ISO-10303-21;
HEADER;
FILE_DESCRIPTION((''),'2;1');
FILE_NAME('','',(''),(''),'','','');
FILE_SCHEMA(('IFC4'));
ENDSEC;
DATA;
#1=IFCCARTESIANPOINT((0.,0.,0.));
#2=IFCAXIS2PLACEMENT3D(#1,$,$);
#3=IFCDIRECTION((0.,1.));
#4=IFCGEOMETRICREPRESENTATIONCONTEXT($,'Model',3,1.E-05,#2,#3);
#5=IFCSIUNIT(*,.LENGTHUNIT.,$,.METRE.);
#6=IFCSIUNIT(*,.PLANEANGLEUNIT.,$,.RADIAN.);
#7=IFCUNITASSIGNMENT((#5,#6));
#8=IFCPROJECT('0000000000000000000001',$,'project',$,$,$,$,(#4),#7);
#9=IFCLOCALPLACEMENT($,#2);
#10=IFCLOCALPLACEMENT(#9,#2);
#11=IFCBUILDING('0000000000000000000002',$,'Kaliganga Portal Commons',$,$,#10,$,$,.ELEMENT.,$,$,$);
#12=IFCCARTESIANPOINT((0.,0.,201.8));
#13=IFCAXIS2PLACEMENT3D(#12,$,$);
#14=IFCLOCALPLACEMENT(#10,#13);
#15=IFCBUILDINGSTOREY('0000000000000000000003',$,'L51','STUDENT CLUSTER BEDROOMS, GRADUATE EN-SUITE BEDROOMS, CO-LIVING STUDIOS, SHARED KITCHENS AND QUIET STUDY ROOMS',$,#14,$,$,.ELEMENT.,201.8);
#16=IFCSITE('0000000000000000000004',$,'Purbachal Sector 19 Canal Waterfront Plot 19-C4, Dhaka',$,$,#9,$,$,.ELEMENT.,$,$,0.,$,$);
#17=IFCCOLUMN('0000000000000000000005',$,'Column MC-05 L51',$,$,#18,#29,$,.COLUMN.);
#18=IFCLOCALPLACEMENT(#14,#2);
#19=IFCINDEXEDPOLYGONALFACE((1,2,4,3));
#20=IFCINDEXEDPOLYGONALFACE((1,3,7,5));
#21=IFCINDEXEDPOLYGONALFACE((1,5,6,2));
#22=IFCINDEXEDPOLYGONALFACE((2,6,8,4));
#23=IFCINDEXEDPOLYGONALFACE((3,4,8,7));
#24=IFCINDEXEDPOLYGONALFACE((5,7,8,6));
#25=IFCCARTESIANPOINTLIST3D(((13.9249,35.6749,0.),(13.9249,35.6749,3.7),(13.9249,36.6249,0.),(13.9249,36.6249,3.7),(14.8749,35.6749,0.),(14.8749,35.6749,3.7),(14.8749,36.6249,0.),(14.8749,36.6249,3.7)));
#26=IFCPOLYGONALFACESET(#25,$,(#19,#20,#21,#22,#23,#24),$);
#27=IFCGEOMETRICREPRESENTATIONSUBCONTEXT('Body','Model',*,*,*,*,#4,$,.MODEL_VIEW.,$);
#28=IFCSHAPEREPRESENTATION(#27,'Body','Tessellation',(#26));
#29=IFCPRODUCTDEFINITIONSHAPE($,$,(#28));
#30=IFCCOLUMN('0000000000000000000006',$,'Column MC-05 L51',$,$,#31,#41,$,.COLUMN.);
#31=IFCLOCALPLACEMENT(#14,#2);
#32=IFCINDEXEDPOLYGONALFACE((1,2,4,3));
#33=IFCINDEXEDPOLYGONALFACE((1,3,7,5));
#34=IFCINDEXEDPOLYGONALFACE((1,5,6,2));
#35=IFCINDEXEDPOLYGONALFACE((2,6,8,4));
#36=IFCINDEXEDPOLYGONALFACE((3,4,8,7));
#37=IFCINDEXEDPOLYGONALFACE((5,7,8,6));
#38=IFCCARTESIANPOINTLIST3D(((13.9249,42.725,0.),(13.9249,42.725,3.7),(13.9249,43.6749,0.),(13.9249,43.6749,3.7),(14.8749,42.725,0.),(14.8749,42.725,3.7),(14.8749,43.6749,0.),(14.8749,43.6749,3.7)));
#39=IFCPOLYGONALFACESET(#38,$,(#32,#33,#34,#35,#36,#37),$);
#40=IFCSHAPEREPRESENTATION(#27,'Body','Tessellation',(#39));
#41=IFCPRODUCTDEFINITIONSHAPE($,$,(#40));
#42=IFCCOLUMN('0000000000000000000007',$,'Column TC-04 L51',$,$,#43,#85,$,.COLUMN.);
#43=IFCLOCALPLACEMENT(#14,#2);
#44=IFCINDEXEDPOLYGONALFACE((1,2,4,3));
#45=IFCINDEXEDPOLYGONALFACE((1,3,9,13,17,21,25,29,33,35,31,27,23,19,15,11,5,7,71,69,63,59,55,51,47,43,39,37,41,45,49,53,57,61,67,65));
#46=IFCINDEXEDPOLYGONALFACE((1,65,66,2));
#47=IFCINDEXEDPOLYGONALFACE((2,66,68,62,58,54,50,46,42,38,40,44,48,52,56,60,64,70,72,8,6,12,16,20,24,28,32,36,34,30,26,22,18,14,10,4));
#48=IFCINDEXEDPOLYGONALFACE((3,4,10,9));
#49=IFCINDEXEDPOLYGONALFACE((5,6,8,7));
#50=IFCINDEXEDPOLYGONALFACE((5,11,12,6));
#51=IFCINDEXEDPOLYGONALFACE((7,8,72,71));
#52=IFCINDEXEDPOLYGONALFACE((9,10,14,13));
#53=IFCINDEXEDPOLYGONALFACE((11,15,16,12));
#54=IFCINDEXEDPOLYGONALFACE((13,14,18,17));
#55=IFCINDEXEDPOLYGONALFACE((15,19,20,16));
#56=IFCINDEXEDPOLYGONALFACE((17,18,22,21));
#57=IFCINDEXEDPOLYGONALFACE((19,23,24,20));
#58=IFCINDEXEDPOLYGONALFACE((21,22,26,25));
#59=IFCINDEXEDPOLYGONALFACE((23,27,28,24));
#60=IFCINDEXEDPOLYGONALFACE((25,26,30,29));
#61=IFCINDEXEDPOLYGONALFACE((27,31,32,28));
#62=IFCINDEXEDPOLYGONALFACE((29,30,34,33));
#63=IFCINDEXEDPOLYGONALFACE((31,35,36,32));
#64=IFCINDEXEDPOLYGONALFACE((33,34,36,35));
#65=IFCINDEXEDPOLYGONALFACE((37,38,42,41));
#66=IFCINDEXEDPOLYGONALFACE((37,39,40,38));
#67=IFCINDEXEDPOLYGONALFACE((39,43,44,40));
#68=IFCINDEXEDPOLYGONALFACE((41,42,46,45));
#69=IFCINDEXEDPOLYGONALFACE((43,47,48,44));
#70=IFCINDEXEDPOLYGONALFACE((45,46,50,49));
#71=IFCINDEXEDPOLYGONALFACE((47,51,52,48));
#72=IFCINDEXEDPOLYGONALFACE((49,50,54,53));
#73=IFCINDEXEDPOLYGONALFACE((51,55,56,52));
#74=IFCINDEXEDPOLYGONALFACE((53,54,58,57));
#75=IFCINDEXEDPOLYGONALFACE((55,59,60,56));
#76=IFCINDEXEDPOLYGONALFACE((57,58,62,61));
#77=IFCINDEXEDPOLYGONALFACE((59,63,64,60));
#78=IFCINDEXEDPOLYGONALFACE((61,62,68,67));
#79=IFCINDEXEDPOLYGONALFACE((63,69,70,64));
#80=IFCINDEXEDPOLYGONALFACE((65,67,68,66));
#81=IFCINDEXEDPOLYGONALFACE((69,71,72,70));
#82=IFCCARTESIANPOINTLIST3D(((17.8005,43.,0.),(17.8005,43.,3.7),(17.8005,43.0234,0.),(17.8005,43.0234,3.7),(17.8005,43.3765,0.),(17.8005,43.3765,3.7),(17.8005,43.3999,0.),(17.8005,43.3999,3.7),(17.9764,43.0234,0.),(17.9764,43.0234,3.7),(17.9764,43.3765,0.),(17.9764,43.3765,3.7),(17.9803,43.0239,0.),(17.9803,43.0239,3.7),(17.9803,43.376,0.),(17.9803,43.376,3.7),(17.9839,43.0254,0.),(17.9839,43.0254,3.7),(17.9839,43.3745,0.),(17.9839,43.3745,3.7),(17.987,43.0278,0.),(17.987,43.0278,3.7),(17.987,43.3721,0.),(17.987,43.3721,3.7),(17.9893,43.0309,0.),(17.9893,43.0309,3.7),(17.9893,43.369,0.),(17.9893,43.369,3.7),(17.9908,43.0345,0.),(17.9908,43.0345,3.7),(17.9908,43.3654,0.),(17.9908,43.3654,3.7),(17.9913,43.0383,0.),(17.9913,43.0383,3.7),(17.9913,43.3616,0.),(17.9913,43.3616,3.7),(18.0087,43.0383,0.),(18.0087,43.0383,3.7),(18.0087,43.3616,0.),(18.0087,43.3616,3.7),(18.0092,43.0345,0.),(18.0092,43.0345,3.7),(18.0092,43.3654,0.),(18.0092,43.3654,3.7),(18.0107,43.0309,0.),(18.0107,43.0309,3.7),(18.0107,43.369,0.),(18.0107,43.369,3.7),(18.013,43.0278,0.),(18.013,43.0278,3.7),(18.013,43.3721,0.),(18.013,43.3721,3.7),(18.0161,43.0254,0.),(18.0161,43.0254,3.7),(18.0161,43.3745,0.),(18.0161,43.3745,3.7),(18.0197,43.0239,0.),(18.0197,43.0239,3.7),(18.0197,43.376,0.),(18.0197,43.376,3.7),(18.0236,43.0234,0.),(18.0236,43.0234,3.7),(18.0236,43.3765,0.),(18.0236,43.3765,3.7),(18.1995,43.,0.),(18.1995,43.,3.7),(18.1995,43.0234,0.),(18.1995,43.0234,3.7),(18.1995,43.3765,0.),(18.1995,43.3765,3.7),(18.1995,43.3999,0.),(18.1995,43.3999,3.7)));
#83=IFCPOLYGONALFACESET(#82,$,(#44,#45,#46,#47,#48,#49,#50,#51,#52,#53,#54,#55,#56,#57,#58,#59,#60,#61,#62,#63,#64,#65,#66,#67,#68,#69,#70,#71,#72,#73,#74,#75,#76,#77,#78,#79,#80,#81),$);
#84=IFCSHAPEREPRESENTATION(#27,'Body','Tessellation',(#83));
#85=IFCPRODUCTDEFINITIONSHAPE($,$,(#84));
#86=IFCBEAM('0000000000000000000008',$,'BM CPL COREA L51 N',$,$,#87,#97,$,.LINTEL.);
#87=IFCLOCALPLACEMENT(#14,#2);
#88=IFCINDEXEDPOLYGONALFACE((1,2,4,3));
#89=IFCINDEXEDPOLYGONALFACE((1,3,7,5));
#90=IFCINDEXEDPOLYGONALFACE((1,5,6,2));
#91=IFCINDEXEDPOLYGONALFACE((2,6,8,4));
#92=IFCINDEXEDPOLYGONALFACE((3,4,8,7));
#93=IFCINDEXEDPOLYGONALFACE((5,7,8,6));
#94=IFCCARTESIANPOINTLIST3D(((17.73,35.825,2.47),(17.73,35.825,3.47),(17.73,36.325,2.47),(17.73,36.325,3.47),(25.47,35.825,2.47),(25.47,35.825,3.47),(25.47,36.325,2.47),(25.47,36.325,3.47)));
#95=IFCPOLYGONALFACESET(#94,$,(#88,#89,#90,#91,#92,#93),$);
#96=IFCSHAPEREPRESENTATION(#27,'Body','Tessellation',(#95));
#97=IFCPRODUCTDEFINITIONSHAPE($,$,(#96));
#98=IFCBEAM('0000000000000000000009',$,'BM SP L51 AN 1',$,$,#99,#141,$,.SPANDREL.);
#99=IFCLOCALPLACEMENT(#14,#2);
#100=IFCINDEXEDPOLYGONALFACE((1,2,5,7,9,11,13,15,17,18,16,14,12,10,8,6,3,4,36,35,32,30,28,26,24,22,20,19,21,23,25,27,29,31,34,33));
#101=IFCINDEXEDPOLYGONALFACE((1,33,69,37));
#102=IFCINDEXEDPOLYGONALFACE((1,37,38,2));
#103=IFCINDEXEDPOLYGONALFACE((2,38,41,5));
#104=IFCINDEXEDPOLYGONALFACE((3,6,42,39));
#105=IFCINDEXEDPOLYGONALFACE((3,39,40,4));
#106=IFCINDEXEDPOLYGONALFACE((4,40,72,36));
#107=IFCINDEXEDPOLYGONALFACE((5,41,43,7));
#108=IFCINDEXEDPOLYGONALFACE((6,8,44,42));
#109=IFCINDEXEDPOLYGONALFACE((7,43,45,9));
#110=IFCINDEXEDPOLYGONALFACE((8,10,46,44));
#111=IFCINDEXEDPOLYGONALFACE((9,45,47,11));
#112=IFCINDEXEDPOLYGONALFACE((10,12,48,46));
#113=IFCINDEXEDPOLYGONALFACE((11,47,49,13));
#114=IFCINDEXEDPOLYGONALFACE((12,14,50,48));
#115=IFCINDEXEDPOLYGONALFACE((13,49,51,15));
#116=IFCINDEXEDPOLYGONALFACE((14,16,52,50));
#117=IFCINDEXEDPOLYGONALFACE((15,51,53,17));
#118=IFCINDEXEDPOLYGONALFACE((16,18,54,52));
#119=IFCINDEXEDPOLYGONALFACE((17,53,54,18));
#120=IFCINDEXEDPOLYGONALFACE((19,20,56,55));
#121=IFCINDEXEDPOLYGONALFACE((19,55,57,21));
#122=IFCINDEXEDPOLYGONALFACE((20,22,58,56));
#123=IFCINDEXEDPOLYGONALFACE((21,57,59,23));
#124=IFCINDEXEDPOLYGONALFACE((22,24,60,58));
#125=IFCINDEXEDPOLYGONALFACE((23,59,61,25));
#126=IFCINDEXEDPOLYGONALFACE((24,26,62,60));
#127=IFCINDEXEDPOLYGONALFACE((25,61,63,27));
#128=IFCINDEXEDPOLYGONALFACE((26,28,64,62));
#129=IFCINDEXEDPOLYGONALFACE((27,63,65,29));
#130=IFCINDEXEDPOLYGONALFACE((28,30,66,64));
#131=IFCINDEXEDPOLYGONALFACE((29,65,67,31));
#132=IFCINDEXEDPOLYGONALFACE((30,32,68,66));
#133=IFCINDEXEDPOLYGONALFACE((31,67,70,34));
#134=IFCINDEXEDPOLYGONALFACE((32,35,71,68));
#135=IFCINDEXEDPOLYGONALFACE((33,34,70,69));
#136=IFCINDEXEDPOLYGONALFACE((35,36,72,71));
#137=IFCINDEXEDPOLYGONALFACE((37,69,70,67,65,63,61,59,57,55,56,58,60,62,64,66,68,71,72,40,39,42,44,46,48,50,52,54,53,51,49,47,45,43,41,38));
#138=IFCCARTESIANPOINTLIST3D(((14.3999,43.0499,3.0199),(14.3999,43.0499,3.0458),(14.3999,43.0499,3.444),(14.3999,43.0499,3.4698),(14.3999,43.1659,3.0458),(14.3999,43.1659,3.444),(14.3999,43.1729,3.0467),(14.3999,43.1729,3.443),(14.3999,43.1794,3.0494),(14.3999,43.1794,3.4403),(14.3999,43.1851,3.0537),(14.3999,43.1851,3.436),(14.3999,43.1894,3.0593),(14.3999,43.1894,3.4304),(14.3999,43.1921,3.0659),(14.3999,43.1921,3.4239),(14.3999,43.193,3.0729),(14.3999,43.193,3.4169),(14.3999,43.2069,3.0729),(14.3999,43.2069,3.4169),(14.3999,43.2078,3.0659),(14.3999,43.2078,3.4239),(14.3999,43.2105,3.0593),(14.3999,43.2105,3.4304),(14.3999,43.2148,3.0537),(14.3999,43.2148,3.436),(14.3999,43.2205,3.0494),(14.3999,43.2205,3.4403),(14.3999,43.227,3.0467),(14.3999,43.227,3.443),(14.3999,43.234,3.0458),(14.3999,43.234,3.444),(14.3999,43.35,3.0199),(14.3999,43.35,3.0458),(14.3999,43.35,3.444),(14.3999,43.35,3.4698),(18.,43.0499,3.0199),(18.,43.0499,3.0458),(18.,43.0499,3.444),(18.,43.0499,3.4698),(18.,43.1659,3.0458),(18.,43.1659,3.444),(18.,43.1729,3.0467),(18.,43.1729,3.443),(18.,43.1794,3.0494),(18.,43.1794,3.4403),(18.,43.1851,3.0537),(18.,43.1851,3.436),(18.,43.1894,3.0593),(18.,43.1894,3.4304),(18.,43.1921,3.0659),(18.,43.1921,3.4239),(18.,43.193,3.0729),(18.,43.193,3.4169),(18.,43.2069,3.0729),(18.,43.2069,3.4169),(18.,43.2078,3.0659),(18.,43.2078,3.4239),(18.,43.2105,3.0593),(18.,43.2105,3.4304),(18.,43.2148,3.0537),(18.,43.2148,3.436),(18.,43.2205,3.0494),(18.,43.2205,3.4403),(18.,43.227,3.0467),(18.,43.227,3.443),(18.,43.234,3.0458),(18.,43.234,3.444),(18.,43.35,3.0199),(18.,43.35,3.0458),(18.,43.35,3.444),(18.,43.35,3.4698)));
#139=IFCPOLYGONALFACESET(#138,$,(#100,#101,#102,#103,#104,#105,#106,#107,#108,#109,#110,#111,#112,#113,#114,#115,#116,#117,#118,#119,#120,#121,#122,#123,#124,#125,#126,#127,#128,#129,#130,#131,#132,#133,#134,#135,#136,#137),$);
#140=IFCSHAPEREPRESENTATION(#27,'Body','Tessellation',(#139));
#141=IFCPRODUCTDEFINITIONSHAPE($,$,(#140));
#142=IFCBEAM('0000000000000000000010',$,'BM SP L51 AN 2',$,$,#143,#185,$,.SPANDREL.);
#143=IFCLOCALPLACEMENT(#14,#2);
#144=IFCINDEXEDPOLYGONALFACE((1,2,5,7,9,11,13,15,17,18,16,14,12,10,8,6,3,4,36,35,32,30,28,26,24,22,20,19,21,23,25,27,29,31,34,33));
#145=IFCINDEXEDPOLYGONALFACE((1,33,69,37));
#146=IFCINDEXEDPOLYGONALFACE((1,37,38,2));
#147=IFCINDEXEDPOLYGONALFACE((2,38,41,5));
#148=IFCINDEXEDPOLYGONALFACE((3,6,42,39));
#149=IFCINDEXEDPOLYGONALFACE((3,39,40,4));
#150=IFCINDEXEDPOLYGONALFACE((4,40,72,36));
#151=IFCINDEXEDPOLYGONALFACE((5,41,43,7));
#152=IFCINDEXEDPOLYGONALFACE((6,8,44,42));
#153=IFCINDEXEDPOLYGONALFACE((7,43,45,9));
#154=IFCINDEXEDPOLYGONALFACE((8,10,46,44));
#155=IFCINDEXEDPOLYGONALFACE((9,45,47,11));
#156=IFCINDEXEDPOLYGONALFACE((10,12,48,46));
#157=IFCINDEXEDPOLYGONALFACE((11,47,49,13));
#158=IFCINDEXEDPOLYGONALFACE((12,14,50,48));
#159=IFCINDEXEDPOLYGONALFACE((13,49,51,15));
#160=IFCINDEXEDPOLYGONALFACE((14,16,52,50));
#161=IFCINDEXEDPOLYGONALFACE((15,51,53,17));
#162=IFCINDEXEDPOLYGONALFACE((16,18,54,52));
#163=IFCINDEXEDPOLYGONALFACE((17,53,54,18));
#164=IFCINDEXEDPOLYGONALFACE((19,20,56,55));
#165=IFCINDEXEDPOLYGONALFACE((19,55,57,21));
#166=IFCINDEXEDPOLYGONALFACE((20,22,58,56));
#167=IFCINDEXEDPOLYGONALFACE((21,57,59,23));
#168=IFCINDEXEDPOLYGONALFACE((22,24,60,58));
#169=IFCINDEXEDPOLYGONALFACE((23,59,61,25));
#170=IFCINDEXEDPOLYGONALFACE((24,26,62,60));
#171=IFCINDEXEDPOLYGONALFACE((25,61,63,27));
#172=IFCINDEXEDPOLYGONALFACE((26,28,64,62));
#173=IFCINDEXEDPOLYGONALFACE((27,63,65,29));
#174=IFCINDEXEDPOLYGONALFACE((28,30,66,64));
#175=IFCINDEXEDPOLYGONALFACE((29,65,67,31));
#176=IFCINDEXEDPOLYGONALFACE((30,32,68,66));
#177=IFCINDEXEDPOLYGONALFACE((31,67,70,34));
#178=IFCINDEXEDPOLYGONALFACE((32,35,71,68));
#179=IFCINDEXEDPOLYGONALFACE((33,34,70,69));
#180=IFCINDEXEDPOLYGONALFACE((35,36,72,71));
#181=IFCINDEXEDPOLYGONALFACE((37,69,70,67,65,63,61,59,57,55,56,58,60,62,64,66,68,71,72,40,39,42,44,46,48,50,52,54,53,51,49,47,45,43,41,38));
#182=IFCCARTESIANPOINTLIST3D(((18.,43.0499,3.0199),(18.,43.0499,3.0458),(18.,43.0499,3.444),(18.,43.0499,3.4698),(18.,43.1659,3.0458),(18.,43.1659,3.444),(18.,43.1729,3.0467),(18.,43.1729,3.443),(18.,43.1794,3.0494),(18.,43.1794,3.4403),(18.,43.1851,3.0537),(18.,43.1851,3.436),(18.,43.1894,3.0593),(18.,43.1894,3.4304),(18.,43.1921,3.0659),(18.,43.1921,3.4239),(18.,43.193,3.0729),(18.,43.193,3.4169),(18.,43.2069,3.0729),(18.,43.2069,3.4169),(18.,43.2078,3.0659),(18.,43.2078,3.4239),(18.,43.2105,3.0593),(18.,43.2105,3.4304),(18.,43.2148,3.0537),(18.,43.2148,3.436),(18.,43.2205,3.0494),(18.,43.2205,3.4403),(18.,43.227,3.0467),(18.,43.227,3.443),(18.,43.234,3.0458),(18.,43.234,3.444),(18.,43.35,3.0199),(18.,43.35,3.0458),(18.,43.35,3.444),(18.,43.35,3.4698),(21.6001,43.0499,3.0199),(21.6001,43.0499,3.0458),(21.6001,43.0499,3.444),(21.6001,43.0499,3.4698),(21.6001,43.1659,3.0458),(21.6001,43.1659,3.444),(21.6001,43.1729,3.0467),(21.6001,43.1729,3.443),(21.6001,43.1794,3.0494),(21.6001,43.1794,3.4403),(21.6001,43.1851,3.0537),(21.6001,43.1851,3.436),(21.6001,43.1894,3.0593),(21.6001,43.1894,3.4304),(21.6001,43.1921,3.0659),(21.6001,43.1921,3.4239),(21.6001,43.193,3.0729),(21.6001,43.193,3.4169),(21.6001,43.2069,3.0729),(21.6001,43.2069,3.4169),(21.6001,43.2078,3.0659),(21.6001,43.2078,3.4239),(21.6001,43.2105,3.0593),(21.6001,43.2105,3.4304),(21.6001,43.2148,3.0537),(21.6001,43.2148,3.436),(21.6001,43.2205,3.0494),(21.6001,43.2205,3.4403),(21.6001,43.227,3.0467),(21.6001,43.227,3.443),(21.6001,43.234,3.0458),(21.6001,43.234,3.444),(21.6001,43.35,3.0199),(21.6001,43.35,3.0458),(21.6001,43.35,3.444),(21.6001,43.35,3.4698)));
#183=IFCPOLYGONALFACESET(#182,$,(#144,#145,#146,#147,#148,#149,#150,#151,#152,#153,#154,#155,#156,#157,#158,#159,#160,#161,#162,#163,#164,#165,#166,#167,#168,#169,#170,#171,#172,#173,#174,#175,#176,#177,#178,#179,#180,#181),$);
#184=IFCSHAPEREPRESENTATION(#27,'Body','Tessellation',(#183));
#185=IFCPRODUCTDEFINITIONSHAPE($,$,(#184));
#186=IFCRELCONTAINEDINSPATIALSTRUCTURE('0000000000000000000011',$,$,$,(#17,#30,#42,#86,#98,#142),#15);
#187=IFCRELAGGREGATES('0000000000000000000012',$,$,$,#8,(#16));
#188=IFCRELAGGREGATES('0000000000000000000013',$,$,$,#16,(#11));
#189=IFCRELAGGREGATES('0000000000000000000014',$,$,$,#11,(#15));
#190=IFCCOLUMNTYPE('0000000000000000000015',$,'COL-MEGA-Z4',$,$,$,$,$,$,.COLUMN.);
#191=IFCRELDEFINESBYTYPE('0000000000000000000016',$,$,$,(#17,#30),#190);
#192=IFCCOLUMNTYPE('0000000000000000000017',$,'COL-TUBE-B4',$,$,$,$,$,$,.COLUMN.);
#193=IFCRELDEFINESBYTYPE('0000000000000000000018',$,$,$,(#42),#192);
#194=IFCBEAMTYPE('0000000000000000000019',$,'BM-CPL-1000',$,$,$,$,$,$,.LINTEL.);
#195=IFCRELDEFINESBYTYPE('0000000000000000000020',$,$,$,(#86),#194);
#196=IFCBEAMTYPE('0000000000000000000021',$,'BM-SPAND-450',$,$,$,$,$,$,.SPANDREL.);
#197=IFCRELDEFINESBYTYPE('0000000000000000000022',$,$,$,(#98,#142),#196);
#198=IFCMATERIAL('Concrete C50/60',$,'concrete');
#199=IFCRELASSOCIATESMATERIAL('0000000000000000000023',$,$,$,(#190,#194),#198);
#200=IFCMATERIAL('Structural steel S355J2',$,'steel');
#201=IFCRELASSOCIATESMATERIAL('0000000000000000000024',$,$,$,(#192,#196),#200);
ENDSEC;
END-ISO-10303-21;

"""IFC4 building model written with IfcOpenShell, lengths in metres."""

from ifc_helpers import new_model, si_unit, direction, frame, origin, origin_2d, place, context, subcontext, project, spatial, rectangle, i_section, extrude, source, transform, mapped, material, material_profile, profile_set, type_object, element, save


model = new_model("IFC4")

# Units and contexts
model_context = context("Model", 3, precision=1e-05, world=origin(), true_north=direction((0.0, 1.0)))
body_context = subcontext(model_context, "Body", "Model", "MODEL_VIEW")
ifc_project = project(units=[si_unit("LENGTHUNIT", "METRE"), si_unit("PLANEANGLEUNIT", "RADIAN")], contexts=[model_context])

# Site, building, storey
site_placement = place(None, origin())
site = spatial("IfcSite", under=ifc_project, at=site_placement, Name="Purbachal Sector 19 Canal Waterfront Plot 19-C4, Dhaka", CompositionType="ELEMENT", RefElevation=0.0)
building_placement = place(site_placement, origin())
building = spatial("IfcBuilding", under=site, at=building_placement, Name="Kaliganga Portal Commons", CompositionType="ELEMENT")
storey_placement = place(building_placement, frame((0.0, 0.0, 201.8)))
storey = spatial("IfcBuildingStorey", under=building, at=storey_placement, Name="L51", Description="STUDENT CLUSTER BEDROOMS, GRADUATE EN-SUITE BEDROOMS, CO-LIVING STUDIOS, SHARED KITCHENS AND QUIET STUDY ROOMS", CompositionType="ELEMENT", Elevation=201.8)

# Columns
ifc_material_1 = material(Name="Concrete C50/60", Category="concrete")
ifc_material_profile_1 = material_profile(ifc_material_1, rectangle(XDim=0.95, YDim=0.95, at=origin_2d()), Name="RC 950x950")
ifc_profile_set_1 = profile_set([ifc_material_profile_1], Name="Concrete C50/60")
column_type_1 = type_object("IfcColumnType", Name="COL-MEGA-Z4", PredefinedType="COLUMN", material=ifc_profile_set_1)
shared_shape_1 = source(origin(), body_context, "Body", "SweptSolid", [
    extrude(rectangle(XDim=0.95, YDim=0.95, at=origin_2d()), origin(), (0.0, 0.0, 1.0), 3.7),
])
for number, where, z_axis, x_axis, name in (
    (1, (14.3999, 36.1499, 0.0), (0.0, 0.0, 1.0), (1.0, 0.0, 0.0), "Column MC-05 L51"),
    (2, (14.3999, 43.2, 0.0), (0.0, 0.0, 1.0), (1.0, 0.0, 0.0), "Column MC-05 L51"),
):
    element("IfcColumn", number, at=place(storey_placement, frame(where, z_axis=z_axis, x_axis=x_axis)), inside=storey, type_object=column_type_1, Name=name, PredefinedType="COLUMN", context=body_context, shape_type="MappedRepresentation", body=[
        mapped(shared_shape_1, transform((0.0, 0.0, 0.0), x_axis=(1.0, 0.0, 0.0), y_axis=(0.0, 1.0, 0.0), z_axis=(0.0, 0.0, 1.0), scale=1.0)),
    ])
ifc_material_2 = material(Name="Structural steel S355J2", Category="steel")
ifc_material_profile_2 = material_profile(ifc_material_2, i_section(OverallWidth=0.3989, OverallDepth=0.3999, WebThickness=0.0173, FlangeThickness=0.0234, FilletRadius=0.0149, at=origin_2d()), Name="HD 400x287")
ifc_profile_set_2 = profile_set([ifc_material_profile_2], Name="Structural steel S355J2 wide-flange")
column_type_2 = type_object("IfcColumnType", Name="COL-TUBE-B4", PredefinedType="COLUMN", material=ifc_profile_set_2)
shared_shape_2 = source(origin(), body_context, "Body", "SweptSolid", [
    extrude(i_section(OverallWidth=0.3989, OverallDepth=0.3999, WebThickness=0.0173, FlangeThickness=0.0234, FilletRadius=0.0149, at=origin_2d()), origin(), (0.0, 0.0, 1.0), 3.7),
])
column_placement = place(storey_placement, frame((18.0, 43.2, 0.0), z_axis=(0.0, 0.0, 1.0), x_axis=(1.0, 0.0, 0.0)))
element("IfcColumn", 3, at=column_placement, inside=storey, type_object=column_type_2, Name="Column TC-04 L51", PredefinedType="COLUMN", context=body_context, shape_type="MappedRepresentation", body=[
    mapped(shared_shape_2, transform((0.0, 0.0, 0.0), x_axis=(1.0, 0.0, 0.0), y_axis=(0.0, 1.0, 0.0), z_axis=(0.0, 0.0, 1.0), scale=1.0)),
])

# Beams
ifc_material_profile_3 = material_profile(ifc_material_1, rectangle(XDim=0.5, YDim=1.0, at=origin_2d()), Name="RC 500x1000")
ifc_profile_set_3 = profile_set([ifc_material_profile_3], Name="Concrete C50/60")
beam_type_1 = type_object("IfcBeamType", Name="BM-CPL-1000", PredefinedType="LINTEL", material=ifc_profile_set_3)
shared_shape_3 = source(origin(), body_context, "Body", "SweptSolid", [
    extrude(rectangle(XDim=0.5, YDim=1.0, at=origin_2d()), origin(), (0.0, 0.0, 1.0), 7.74),
])
beam_1_placement = place(storey_placement, frame((17.73, 36.075, 2.97), z_axis=(1.0, 0.0, 0.0), x_axis=(0.0, 1.0, 0.0)))
element("IfcBeam", 4, at=beam_1_placement, inside=storey, type_object=beam_type_1, Name="BM CPL COREA L51 N", PredefinedType="LINTEL", context=body_context, shape_type="MappedRepresentation", body=[
    mapped(shared_shape_3, transform((0.0, 0.0, 0.0), x_axis=(1.0, 0.0, 0.0), y_axis=(0.0, 1.0, 0.0), z_axis=(0.0, 0.0, 1.0), scale=1.0)),
])
ifc_material_profile_4 = material_profile(ifc_material_2, i_section(OverallWidth=0.3, OverallDepth=0.45, WebThickness=0.0139, FlangeThickness=0.0259, FilletRadius=0.0271, at=origin_2d()), Name="HE 450 B")
ifc_profile_set_4 = profile_set([ifc_material_profile_4], Name="Structural steel S355J2 wide-flange")
beam_type_2 = type_object("IfcBeamType", Name="BM-SPAND-450", PredefinedType="SPANDREL", material=ifc_profile_set_4)
shared_shape_4 = source(origin(), body_context, "Body", "SweptSolid", [
    extrude(i_section(OverallWidth=0.3, OverallDepth=0.45, WebThickness=0.0139, FlangeThickness=0.0259, FilletRadius=0.0271, at=origin_2d()), origin(), (0.0, 0.0, 1.0), 3.6001),
])
for number, where, z_axis, x_axis, name in (
    (5, (14.3999, 43.2, 3.2449), (1.0, 0.0, 0.0), (0.0, 1.0, 0.0), "BM SP L51 AN 1"),
    (6, (18.0, 43.2, 3.2449), (1.0, 0.0, 0.0), (0.0, 1.0, 0.0), "BM SP L51 AN 2"),
):
    element("IfcBeam", number, at=place(storey_placement, frame(where, z_axis=z_axis, x_axis=x_axis)), inside=storey, type_object=beam_type_2, Name=name, PredefinedType="SPANDREL", context=body_context, shape_type="MappedRepresentation", body=[
        mapped(shared_shape_4, transform((0.0, 0.0, 0.0), x_axis=(1.0, 0.0, 0.0), y_axis=(0.0, 1.0, 0.0), z_axis=(0.0, 0.0, 1.0), scale=1.0)),
    ])

save(model, "model.ifc")
